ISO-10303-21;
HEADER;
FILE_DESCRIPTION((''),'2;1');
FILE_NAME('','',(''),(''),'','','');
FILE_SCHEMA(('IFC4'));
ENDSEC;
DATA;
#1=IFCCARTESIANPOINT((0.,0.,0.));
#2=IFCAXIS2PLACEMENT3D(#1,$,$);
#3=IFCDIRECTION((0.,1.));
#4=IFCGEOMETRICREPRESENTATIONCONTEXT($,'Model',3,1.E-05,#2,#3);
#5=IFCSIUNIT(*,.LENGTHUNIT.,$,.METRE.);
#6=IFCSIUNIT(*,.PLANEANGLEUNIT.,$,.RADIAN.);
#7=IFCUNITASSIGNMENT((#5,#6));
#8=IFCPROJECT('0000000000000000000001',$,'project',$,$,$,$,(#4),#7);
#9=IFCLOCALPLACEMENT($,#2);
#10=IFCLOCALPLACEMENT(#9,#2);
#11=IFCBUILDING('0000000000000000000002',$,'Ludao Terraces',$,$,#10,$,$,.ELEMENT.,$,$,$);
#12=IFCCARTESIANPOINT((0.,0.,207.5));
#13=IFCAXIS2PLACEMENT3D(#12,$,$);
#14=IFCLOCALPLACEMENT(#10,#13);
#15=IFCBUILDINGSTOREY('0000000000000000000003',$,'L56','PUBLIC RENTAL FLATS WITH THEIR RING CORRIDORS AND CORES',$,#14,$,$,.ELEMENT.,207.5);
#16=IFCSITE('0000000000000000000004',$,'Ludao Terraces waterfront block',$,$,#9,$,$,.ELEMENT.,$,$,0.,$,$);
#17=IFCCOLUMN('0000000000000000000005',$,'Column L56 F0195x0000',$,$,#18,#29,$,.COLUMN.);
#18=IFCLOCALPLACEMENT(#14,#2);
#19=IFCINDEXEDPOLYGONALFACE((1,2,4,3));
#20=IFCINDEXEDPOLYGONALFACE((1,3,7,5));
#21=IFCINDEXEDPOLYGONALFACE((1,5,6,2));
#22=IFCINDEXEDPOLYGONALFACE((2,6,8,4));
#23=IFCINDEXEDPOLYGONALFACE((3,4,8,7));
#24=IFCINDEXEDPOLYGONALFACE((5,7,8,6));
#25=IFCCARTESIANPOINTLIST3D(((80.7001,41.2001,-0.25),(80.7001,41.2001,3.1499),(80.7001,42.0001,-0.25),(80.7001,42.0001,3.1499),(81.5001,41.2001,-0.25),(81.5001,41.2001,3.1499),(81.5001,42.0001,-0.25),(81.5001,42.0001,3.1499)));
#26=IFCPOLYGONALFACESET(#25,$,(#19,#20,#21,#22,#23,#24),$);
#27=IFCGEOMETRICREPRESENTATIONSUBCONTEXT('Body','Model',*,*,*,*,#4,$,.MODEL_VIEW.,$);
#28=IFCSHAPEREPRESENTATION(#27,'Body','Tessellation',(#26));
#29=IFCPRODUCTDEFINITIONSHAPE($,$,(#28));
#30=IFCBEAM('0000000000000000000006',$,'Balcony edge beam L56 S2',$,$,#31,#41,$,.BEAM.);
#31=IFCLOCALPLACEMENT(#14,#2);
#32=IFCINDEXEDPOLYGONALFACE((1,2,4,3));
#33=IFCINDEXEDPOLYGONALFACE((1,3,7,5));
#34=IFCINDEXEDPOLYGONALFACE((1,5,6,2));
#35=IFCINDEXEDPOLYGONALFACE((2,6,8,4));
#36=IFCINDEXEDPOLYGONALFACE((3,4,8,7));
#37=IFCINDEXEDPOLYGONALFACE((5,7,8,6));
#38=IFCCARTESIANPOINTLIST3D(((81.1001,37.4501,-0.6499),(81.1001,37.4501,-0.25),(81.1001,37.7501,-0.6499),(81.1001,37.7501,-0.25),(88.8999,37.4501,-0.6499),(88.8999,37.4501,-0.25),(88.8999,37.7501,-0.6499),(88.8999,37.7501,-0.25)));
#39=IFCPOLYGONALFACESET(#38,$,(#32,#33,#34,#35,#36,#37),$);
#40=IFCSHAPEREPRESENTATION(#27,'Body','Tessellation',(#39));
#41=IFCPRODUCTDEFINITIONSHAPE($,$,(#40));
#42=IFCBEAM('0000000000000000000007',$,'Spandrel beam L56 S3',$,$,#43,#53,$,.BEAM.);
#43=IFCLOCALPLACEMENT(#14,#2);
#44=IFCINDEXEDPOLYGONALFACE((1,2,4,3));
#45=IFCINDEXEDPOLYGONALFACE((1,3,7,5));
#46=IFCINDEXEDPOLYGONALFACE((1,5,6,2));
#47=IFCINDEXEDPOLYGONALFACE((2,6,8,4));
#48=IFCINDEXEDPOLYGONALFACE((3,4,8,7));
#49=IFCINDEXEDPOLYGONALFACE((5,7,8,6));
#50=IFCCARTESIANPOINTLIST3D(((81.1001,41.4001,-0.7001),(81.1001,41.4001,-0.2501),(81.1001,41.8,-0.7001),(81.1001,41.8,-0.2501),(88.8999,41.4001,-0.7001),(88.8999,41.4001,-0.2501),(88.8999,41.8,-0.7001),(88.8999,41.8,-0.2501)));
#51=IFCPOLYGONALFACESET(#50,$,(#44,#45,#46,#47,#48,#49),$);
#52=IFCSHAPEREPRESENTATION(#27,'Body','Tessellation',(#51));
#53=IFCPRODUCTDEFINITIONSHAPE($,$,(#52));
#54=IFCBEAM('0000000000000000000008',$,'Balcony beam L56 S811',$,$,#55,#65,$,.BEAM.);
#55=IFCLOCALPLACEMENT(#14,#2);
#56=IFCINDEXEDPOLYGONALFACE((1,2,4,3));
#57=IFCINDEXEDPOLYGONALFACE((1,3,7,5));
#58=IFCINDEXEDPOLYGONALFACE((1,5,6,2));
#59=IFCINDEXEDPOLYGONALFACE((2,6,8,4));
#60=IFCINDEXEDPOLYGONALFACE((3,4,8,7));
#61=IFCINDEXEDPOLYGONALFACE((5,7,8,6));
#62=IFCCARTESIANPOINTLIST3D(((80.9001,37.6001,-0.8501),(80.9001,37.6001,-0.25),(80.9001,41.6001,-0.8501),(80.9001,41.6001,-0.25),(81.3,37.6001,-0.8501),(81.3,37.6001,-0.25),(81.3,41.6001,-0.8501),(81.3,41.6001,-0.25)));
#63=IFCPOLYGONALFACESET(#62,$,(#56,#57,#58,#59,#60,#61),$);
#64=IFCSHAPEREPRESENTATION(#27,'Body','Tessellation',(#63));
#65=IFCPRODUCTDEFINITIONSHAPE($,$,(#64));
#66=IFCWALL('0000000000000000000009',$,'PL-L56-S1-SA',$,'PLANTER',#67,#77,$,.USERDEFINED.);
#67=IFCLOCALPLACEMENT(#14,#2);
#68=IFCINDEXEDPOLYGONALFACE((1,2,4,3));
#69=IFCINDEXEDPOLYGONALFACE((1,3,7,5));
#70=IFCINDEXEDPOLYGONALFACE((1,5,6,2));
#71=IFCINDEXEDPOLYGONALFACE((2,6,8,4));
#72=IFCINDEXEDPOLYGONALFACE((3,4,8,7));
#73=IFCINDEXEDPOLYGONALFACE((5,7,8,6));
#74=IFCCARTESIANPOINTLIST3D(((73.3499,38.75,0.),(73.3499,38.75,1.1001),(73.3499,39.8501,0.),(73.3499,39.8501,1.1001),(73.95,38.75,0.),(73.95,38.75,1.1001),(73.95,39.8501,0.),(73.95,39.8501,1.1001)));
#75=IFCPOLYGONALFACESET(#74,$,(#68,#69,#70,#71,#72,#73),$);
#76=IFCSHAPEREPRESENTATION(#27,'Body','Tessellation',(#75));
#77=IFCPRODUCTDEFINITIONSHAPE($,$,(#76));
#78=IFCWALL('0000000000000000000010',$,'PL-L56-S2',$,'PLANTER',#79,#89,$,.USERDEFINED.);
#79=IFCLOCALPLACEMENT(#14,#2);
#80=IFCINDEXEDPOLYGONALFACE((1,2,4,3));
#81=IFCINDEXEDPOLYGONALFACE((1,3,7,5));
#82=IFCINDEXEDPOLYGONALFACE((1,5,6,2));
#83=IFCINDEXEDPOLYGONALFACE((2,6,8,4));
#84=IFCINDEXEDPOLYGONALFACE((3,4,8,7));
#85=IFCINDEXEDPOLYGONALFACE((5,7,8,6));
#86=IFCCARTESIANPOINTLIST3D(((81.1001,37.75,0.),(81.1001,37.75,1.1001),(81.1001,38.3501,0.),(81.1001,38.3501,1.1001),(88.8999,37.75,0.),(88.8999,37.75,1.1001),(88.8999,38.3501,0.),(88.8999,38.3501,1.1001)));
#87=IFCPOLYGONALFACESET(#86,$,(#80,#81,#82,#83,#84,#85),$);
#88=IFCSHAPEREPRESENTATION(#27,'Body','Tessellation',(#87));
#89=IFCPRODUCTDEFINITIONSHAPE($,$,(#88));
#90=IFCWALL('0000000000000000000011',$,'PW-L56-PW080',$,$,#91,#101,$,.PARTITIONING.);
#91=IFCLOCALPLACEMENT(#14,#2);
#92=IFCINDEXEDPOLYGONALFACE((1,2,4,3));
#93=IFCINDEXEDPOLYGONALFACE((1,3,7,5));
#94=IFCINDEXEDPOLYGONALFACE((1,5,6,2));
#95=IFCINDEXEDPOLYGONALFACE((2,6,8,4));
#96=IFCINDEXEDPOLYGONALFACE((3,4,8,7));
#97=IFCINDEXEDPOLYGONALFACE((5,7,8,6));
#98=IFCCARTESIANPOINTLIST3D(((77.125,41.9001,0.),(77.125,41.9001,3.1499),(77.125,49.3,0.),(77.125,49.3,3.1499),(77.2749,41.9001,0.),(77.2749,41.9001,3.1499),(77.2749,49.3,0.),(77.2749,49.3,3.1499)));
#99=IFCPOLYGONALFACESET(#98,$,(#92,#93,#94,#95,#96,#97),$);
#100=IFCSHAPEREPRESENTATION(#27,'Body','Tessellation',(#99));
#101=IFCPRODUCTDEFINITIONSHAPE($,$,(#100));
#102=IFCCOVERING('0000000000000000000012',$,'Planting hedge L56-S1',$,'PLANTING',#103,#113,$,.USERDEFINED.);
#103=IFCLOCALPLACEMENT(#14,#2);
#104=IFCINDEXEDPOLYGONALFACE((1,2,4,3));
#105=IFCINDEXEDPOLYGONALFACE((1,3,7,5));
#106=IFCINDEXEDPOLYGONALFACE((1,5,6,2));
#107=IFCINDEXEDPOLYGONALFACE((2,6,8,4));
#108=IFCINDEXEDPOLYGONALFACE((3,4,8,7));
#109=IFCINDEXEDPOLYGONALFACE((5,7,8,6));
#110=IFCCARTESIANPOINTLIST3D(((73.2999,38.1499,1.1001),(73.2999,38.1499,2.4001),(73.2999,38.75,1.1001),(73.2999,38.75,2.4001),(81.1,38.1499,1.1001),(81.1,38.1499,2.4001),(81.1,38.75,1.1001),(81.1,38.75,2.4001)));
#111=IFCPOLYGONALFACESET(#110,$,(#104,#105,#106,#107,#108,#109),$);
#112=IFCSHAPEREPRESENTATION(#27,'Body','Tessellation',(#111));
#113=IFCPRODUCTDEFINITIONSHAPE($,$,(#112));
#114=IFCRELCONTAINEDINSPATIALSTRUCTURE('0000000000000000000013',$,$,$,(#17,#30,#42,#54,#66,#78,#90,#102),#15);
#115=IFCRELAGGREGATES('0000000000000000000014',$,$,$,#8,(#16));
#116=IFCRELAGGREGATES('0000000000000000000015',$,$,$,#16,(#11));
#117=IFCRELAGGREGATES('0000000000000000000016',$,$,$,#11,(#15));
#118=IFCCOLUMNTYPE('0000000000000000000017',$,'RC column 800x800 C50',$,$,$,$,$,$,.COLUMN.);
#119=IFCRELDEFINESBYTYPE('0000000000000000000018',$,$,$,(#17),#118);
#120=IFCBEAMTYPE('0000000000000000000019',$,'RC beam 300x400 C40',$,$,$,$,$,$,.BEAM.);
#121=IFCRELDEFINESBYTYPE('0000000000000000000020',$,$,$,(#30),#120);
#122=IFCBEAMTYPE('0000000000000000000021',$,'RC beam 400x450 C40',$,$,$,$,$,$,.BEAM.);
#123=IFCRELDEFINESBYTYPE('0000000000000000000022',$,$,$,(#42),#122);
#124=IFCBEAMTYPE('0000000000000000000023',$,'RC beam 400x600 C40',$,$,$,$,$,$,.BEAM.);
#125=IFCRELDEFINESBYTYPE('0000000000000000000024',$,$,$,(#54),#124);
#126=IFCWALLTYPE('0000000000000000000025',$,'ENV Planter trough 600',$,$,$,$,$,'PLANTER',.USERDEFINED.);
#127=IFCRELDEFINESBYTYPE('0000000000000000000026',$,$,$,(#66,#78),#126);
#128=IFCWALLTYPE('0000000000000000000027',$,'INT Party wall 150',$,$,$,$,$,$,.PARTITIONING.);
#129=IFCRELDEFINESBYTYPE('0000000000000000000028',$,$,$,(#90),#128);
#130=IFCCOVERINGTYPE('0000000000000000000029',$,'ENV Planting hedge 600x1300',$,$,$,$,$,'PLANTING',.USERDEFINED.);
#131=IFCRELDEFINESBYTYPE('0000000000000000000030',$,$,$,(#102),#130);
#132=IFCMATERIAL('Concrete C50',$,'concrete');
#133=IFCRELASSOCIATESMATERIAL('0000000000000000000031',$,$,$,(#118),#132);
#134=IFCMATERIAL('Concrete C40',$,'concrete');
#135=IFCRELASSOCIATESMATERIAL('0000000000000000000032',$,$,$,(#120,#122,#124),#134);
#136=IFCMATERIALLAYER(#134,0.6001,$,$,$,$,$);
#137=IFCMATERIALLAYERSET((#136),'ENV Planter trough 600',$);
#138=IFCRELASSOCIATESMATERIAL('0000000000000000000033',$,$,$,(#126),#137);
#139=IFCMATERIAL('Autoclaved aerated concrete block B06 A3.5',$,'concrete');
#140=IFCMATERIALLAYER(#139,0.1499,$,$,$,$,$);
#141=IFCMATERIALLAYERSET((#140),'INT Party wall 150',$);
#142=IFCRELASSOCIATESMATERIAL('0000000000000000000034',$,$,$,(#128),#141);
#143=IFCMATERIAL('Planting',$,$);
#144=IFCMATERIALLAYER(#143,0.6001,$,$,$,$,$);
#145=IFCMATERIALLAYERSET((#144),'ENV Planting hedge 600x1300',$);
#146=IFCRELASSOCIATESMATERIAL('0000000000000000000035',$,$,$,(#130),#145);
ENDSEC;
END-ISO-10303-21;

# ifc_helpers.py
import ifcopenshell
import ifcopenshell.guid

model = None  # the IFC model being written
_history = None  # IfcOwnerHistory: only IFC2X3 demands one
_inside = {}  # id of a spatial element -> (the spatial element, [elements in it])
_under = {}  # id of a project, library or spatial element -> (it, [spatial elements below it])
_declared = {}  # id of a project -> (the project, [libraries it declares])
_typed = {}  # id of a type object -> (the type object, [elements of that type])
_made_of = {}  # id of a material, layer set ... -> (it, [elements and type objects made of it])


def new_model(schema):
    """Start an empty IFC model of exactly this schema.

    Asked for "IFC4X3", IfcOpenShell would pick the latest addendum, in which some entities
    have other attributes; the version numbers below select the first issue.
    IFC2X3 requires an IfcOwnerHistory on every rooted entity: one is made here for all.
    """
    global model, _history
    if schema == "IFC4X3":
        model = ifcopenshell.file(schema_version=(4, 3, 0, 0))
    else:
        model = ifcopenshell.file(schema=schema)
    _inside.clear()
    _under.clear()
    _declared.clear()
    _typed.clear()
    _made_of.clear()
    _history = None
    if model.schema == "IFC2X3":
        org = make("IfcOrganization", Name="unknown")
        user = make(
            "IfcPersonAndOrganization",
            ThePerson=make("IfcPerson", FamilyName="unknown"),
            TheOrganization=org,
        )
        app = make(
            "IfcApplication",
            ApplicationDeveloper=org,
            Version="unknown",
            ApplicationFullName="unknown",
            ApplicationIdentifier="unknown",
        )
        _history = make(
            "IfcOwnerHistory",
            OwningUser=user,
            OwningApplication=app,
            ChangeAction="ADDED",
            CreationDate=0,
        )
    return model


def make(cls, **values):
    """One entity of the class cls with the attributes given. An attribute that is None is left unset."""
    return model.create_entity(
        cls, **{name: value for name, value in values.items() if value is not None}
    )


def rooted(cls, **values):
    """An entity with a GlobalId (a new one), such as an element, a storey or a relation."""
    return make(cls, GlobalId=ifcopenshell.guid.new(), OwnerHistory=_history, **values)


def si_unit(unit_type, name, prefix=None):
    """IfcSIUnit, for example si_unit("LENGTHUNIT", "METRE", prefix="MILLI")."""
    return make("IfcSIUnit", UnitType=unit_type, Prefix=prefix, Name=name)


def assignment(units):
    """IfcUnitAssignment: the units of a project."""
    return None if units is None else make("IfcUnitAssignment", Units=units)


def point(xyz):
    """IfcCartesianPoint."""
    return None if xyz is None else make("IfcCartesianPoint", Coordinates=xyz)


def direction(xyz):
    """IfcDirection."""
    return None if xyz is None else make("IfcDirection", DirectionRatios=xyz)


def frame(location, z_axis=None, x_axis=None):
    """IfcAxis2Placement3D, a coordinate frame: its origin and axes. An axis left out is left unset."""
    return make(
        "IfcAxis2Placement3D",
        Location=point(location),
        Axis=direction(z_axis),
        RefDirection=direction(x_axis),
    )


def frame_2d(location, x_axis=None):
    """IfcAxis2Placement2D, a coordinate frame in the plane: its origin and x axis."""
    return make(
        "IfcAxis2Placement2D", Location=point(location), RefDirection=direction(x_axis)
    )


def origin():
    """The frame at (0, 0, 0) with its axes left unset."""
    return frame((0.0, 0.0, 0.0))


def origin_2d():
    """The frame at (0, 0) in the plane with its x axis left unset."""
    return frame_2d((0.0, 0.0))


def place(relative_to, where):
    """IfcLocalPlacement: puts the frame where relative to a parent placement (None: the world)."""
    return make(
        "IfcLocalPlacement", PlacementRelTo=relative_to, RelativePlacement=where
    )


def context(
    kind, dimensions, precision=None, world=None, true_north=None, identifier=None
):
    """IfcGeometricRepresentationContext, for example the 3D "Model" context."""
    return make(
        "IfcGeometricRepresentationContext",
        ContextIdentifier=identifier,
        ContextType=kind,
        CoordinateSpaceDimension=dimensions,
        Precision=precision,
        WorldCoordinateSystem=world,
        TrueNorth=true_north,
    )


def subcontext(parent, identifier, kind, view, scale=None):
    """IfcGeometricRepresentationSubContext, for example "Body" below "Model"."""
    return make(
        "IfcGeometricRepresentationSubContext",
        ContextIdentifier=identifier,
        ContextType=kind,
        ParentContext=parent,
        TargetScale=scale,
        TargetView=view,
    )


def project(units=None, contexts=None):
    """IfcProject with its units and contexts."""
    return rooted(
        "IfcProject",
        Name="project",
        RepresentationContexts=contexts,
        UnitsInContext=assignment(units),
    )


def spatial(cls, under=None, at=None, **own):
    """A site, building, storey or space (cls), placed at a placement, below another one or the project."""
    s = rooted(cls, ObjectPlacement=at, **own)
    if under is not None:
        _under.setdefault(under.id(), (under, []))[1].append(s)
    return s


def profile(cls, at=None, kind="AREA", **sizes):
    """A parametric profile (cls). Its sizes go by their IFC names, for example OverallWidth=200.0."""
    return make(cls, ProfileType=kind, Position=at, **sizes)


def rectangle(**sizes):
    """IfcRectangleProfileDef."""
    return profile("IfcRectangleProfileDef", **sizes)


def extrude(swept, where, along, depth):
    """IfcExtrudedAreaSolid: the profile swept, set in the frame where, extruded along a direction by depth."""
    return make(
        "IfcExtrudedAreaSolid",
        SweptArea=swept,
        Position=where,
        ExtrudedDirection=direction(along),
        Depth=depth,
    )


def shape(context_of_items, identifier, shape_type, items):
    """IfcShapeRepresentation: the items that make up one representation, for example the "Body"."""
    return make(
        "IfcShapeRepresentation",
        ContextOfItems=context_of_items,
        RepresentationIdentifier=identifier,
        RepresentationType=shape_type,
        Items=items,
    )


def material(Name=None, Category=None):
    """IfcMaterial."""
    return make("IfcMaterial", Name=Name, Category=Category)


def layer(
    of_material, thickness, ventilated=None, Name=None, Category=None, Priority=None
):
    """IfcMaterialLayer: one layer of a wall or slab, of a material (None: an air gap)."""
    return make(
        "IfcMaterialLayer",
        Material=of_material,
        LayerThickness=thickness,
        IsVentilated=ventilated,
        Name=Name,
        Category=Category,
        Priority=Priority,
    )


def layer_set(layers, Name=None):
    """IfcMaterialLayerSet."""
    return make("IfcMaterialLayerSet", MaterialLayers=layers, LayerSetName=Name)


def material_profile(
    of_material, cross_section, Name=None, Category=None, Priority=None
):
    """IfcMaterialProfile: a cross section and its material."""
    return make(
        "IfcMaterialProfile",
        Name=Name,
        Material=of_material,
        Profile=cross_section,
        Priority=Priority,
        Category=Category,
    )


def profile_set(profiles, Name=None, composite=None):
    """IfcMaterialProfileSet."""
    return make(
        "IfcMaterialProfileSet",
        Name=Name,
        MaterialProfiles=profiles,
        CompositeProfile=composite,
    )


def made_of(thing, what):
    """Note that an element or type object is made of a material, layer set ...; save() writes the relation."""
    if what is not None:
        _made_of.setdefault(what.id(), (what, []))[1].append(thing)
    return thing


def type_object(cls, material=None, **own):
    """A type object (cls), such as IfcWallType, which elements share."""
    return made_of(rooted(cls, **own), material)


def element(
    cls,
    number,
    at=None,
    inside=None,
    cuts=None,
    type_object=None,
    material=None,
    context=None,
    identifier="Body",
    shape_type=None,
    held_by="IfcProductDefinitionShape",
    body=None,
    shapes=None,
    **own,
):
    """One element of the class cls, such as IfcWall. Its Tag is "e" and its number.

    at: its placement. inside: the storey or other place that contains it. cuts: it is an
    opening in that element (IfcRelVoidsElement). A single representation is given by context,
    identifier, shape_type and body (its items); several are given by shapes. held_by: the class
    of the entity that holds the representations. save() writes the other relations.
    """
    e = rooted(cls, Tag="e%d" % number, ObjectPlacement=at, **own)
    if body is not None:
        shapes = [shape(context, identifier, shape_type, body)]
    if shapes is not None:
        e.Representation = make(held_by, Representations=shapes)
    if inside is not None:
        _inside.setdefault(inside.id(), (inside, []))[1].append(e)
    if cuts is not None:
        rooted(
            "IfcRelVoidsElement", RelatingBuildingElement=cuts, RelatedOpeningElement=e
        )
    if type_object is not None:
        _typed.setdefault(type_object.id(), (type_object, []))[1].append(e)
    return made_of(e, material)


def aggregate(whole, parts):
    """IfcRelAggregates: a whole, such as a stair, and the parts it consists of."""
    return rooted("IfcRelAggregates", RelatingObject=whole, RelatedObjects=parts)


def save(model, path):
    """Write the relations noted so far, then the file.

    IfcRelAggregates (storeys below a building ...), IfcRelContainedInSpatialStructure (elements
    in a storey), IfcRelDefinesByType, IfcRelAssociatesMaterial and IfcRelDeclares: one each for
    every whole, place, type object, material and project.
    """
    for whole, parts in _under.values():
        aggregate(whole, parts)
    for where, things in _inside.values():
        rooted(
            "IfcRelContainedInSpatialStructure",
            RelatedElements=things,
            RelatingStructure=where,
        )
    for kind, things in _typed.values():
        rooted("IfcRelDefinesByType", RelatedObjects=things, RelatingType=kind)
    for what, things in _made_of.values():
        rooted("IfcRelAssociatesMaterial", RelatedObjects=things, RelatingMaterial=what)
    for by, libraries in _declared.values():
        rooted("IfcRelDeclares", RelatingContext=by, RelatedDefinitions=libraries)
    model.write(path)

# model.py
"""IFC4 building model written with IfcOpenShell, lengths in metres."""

from ifc_helpers import new_model, si_unit, direction, frame, frame_2d, origin, origin_2d, place, context, subcontext, project, spatial, rectangle, extrude, material, layer, layer_set, material_profile, profile_set, type_object, element, save


model = new_model("IFC4")

# Units and contexts
model_context = context("Model", 3, precision=1e-05, world=origin(), true_north=direction((0.0, 1.0)))
body_context = subcontext(model_context, "Body", "Model", "MODEL_VIEW")
ifc_project = project(units=[si_unit("LENGTHUNIT", "METRE"), si_unit("PLANEANGLEUNIT", "RADIAN")], contexts=[model_context])

# Site, building, storey
site_placement = place(None, origin())
site = spatial("IfcSite", under=ifc_project, at=site_placement, Name="Ludao Terraces waterfront block", CompositionType="ELEMENT", RefElevation=0.0)
building_placement = place(site_placement, origin())
building = spatial("IfcBuilding", under=site, at=building_placement, Name="Ludao Terraces", CompositionType="ELEMENT")
storey_placement = place(building_placement, frame((0.0, 0.0, 207.5)))
storey = spatial("IfcBuildingStorey", under=building, at=storey_placement, Name="L56", Description="PUBLIC RENTAL FLATS WITH THEIR RING CORRIDORS AND CORES", CompositionType="ELEMENT", Elevation=207.5)

# Column
ifc_material_1 = material(Name="Concrete C50", Category="concrete")
ifc_material_profile_1 = material_profile(ifc_material_1, rectangle(XDim=0.8, YDim=0.8, at=origin_2d()), Name="800 X 800")
ifc_profile_set_1 = profile_set([ifc_material_profile_1], Name="Concrete C50")
column_type = type_object("IfcColumnType", Name="RC column 800x800 C50", PredefinedType="COLUMN", material=ifc_profile_set_1)
column_placement = place(storey_placement, frame((81.1001, 41.6001, -0.25), z_axis=(0.0, 0.0, 1.0), x_axis=(1.0, 0.0, 0.0)))
element("IfcColumn", 1, at=column_placement, inside=storey, type_object=column_type, Name="Column L56 F0195x0000", PredefinedType="COLUMN", context=body_context, shape_type="SweptSolid", body=[
    extrude(rectangle(XDim=0.8, YDim=0.8, at=origin_2d()), origin(), (0.0, 0.0, 1.0), 3.3999),
])

# Beams
ifc_material_2 = material(Name="Concrete C40", Category="concrete")
ifc_material_profile_2 = material_profile(ifc_material_2, rectangle(XDim=0.3, YDim=0.3999, at=origin_2d()), Name="300 X 400")
ifc_profile_set_2 = profile_set([ifc_material_profile_2], Name="Concrete C40")
beam_type_1 = type_object("IfcBeamType", Name="RC beam 300x400 C40", PredefinedType="BEAM", material=ifc_profile_set_2)
beam_1_placement = place(storey_placement, frame((81.1001, 37.6001, -0.45), z_axis=(1.0, 0.0, 0.0), x_axis=(0.0, 1.0, 0.0)))
element("IfcBeam", 2, at=beam_1_placement, inside=storey, type_object=beam_type_1, Name="Balcony edge beam L56 S2", PredefinedType="BEAM", context=body_context, shape_type="SweptSolid", body=[
    extrude(rectangle(XDim=0.3, YDim=0.3999, at=origin_2d()), origin(), (0.0, 0.0, 1.0), 7.7998),
])
ifc_material_profile_3 = material_profile(ifc_material_2, rectangle(XDim=0.3999, YDim=0.45, at=origin_2d()), Name="400 X 450")
ifc_profile_set_3 = profile_set([ifc_material_profile_3], Name="Concrete C40")
beam_type_2 = type_object("IfcBeamType", Name="RC beam 400x450 C40", PredefinedType="BEAM", material=ifc_profile_set_3)
beam_2_placement = place(storey_placement, frame((81.1001, 41.6001, -0.4751), z_axis=(1.0, 0.0, 0.0), x_axis=(0.0, 1.0, 0.0)))
element("IfcBeam", 3, at=beam_2_placement, inside=storey, type_object=beam_type_2, Name="Spandrel beam L56 S3", PredefinedType="BEAM", context=body_context, shape_type="SweptSolid", body=[
    extrude(rectangle(XDim=0.3999, YDim=0.45, at=origin_2d()), origin(), (0.0, 0.0, 1.0), 7.7998),
])
ifc_material_profile_4 = material_profile(ifc_material_2, rectangle(XDim=0.3999, YDim=0.6001, at=origin_2d()), Name="400 X 600")
ifc_profile_set_4 = profile_set([ifc_material_profile_4], Name="Concrete C40")
beam_type_3 = type_object("IfcBeamType", Name="RC beam 400x600 C40", PredefinedType="BEAM", material=ifc_profile_set_4)
beam_3_placement = place(storey_placement, frame((81.1001, 41.6001, -0.55), z_axis=(0.0, -1.0, 0.0), x_axis=(1.0, 0.0, 0.0)))
element("IfcBeam", 4, at=beam_3_placement, inside=storey, type_object=beam_type_3, Name="Balcony beam L56 S811", PredefinedType="BEAM", context=body_context, shape_type="SweptSolid", body=[
    extrude(rectangle(XDim=0.3999, YDim=0.6001, at=origin_2d()), origin(), (0.0, 0.0, 1.0), 4.0),
])

# Walls
ifc_layer_1 = layer(ifc_material_2, 0.6001)
ifc_layer_set_1 = layer_set([ifc_layer_1], Name="ENV Planter trough 600")
wall_type_1 = type_object("IfcWallType", Name="ENV Planter trough 600", ElementType="PLANTER", PredefinedType="USERDEFINED", material=ifc_layer_set_1)
wall_1_placement = place(storey_placement, frame((73.6499, 38.75, 0.0), z_axis=(0.0, 0.0, 1.0), x_axis=(0.0, 1.0, 0.0)))
element("IfcWall", 5, at=wall_1_placement, inside=storey, type_object=wall_type_1, Name="PL-L56-S1-SA", ObjectType="PLANTER", PredefinedType="USERDEFINED", context=body_context, shape_type="SweptSolid", body=[
    extrude(rectangle(XDim=1.1001, YDim=0.6001, at=frame_2d((0.55, 0.0))), origin(), (0.0, 0.0, 1.0), 1.1001),
])
wall_2_placement = place(storey_placement, frame((81.1001, 38.05, 0.0), z_axis=(0.0, 0.0, 1.0), x_axis=(1.0, 0.0, 0.0)))
element("IfcWall", 6, at=wall_2_placement, inside=storey, type_object=wall_type_1, Name="PL-L56-S2", ObjectType="PLANTER", PredefinedType="USERDEFINED", context=body_context, shape_type="SweptSolid", body=[
    extrude(rectangle(XDim=7.7998, YDim=0.6001, at=frame_2d((3.8999, 0.0))), origin(), (0.0, 0.0, 1.0), 1.1001),
])

# Wall
ifc_material_3 = material(Name="Autoclaved aerated concrete block B06 A3.5", Category="concrete")
ifc_layer_2 = layer(ifc_material_3, 0.1499)
ifc_layer_set_2 = layer_set([ifc_layer_2], Name="INT Party wall 150")
wall_type_2 = type_object("IfcWallType", Name="INT Party wall 150", PredefinedType="PARTITIONING", material=ifc_layer_set_2)
wall_3_placement = place(storey_placement, frame((77.2, 41.9001, 0.0), z_axis=(0.0, 0.0, 1.0), x_axis=(0.0, 1.0, 0.0)))
element("IfcWall", 7, at=wall_3_placement, inside=storey, type_object=wall_type_2, Name="PW-L56-PW080", PredefinedType="PARTITIONING", context=body_context, shape_type="SweptSolid", body=[
    extrude(rectangle(XDim=7.3999, YDim=0.1499, at=frame_2d((3.7, 0.0))), origin(), (0.0, 0.0, 1.0), 3.1499),
])

# Covering
ifc_material_4 = material(Name="Planting")
ifc_layer_3 = layer(ifc_material_4, 0.6001)
ifc_layer_set_3 = layer_set([ifc_layer_3], Name="ENV Planting hedge 600x1300")
covering_type = type_object("IfcCoveringType", Name="ENV Planting hedge 600x1300", ElementType="PLANTING", PredefinedType="USERDEFINED", material=ifc_layer_set_3)
covering_placement = place(storey_placement, frame((77.2, 38.45, 1.1001), z_axis=(0.0, 0.0, 1.0), x_axis=(1.0, 0.0, 0.0)))
element("IfcCovering", 8, at=covering_placement, inside=storey, type_object=covering_type, Name="Planting hedge L56-S1", ObjectType="PLANTING", PredefinedType="USERDEFINED", context=body_context, shape_type="SweptSolid", body=[
    extrude(rectangle(XDim=7.8, YDim=0.6001, at=origin_2d()), origin(), (0.0, 0.0, 1.0), 1.3),
])

save(model, "model.ifc")
